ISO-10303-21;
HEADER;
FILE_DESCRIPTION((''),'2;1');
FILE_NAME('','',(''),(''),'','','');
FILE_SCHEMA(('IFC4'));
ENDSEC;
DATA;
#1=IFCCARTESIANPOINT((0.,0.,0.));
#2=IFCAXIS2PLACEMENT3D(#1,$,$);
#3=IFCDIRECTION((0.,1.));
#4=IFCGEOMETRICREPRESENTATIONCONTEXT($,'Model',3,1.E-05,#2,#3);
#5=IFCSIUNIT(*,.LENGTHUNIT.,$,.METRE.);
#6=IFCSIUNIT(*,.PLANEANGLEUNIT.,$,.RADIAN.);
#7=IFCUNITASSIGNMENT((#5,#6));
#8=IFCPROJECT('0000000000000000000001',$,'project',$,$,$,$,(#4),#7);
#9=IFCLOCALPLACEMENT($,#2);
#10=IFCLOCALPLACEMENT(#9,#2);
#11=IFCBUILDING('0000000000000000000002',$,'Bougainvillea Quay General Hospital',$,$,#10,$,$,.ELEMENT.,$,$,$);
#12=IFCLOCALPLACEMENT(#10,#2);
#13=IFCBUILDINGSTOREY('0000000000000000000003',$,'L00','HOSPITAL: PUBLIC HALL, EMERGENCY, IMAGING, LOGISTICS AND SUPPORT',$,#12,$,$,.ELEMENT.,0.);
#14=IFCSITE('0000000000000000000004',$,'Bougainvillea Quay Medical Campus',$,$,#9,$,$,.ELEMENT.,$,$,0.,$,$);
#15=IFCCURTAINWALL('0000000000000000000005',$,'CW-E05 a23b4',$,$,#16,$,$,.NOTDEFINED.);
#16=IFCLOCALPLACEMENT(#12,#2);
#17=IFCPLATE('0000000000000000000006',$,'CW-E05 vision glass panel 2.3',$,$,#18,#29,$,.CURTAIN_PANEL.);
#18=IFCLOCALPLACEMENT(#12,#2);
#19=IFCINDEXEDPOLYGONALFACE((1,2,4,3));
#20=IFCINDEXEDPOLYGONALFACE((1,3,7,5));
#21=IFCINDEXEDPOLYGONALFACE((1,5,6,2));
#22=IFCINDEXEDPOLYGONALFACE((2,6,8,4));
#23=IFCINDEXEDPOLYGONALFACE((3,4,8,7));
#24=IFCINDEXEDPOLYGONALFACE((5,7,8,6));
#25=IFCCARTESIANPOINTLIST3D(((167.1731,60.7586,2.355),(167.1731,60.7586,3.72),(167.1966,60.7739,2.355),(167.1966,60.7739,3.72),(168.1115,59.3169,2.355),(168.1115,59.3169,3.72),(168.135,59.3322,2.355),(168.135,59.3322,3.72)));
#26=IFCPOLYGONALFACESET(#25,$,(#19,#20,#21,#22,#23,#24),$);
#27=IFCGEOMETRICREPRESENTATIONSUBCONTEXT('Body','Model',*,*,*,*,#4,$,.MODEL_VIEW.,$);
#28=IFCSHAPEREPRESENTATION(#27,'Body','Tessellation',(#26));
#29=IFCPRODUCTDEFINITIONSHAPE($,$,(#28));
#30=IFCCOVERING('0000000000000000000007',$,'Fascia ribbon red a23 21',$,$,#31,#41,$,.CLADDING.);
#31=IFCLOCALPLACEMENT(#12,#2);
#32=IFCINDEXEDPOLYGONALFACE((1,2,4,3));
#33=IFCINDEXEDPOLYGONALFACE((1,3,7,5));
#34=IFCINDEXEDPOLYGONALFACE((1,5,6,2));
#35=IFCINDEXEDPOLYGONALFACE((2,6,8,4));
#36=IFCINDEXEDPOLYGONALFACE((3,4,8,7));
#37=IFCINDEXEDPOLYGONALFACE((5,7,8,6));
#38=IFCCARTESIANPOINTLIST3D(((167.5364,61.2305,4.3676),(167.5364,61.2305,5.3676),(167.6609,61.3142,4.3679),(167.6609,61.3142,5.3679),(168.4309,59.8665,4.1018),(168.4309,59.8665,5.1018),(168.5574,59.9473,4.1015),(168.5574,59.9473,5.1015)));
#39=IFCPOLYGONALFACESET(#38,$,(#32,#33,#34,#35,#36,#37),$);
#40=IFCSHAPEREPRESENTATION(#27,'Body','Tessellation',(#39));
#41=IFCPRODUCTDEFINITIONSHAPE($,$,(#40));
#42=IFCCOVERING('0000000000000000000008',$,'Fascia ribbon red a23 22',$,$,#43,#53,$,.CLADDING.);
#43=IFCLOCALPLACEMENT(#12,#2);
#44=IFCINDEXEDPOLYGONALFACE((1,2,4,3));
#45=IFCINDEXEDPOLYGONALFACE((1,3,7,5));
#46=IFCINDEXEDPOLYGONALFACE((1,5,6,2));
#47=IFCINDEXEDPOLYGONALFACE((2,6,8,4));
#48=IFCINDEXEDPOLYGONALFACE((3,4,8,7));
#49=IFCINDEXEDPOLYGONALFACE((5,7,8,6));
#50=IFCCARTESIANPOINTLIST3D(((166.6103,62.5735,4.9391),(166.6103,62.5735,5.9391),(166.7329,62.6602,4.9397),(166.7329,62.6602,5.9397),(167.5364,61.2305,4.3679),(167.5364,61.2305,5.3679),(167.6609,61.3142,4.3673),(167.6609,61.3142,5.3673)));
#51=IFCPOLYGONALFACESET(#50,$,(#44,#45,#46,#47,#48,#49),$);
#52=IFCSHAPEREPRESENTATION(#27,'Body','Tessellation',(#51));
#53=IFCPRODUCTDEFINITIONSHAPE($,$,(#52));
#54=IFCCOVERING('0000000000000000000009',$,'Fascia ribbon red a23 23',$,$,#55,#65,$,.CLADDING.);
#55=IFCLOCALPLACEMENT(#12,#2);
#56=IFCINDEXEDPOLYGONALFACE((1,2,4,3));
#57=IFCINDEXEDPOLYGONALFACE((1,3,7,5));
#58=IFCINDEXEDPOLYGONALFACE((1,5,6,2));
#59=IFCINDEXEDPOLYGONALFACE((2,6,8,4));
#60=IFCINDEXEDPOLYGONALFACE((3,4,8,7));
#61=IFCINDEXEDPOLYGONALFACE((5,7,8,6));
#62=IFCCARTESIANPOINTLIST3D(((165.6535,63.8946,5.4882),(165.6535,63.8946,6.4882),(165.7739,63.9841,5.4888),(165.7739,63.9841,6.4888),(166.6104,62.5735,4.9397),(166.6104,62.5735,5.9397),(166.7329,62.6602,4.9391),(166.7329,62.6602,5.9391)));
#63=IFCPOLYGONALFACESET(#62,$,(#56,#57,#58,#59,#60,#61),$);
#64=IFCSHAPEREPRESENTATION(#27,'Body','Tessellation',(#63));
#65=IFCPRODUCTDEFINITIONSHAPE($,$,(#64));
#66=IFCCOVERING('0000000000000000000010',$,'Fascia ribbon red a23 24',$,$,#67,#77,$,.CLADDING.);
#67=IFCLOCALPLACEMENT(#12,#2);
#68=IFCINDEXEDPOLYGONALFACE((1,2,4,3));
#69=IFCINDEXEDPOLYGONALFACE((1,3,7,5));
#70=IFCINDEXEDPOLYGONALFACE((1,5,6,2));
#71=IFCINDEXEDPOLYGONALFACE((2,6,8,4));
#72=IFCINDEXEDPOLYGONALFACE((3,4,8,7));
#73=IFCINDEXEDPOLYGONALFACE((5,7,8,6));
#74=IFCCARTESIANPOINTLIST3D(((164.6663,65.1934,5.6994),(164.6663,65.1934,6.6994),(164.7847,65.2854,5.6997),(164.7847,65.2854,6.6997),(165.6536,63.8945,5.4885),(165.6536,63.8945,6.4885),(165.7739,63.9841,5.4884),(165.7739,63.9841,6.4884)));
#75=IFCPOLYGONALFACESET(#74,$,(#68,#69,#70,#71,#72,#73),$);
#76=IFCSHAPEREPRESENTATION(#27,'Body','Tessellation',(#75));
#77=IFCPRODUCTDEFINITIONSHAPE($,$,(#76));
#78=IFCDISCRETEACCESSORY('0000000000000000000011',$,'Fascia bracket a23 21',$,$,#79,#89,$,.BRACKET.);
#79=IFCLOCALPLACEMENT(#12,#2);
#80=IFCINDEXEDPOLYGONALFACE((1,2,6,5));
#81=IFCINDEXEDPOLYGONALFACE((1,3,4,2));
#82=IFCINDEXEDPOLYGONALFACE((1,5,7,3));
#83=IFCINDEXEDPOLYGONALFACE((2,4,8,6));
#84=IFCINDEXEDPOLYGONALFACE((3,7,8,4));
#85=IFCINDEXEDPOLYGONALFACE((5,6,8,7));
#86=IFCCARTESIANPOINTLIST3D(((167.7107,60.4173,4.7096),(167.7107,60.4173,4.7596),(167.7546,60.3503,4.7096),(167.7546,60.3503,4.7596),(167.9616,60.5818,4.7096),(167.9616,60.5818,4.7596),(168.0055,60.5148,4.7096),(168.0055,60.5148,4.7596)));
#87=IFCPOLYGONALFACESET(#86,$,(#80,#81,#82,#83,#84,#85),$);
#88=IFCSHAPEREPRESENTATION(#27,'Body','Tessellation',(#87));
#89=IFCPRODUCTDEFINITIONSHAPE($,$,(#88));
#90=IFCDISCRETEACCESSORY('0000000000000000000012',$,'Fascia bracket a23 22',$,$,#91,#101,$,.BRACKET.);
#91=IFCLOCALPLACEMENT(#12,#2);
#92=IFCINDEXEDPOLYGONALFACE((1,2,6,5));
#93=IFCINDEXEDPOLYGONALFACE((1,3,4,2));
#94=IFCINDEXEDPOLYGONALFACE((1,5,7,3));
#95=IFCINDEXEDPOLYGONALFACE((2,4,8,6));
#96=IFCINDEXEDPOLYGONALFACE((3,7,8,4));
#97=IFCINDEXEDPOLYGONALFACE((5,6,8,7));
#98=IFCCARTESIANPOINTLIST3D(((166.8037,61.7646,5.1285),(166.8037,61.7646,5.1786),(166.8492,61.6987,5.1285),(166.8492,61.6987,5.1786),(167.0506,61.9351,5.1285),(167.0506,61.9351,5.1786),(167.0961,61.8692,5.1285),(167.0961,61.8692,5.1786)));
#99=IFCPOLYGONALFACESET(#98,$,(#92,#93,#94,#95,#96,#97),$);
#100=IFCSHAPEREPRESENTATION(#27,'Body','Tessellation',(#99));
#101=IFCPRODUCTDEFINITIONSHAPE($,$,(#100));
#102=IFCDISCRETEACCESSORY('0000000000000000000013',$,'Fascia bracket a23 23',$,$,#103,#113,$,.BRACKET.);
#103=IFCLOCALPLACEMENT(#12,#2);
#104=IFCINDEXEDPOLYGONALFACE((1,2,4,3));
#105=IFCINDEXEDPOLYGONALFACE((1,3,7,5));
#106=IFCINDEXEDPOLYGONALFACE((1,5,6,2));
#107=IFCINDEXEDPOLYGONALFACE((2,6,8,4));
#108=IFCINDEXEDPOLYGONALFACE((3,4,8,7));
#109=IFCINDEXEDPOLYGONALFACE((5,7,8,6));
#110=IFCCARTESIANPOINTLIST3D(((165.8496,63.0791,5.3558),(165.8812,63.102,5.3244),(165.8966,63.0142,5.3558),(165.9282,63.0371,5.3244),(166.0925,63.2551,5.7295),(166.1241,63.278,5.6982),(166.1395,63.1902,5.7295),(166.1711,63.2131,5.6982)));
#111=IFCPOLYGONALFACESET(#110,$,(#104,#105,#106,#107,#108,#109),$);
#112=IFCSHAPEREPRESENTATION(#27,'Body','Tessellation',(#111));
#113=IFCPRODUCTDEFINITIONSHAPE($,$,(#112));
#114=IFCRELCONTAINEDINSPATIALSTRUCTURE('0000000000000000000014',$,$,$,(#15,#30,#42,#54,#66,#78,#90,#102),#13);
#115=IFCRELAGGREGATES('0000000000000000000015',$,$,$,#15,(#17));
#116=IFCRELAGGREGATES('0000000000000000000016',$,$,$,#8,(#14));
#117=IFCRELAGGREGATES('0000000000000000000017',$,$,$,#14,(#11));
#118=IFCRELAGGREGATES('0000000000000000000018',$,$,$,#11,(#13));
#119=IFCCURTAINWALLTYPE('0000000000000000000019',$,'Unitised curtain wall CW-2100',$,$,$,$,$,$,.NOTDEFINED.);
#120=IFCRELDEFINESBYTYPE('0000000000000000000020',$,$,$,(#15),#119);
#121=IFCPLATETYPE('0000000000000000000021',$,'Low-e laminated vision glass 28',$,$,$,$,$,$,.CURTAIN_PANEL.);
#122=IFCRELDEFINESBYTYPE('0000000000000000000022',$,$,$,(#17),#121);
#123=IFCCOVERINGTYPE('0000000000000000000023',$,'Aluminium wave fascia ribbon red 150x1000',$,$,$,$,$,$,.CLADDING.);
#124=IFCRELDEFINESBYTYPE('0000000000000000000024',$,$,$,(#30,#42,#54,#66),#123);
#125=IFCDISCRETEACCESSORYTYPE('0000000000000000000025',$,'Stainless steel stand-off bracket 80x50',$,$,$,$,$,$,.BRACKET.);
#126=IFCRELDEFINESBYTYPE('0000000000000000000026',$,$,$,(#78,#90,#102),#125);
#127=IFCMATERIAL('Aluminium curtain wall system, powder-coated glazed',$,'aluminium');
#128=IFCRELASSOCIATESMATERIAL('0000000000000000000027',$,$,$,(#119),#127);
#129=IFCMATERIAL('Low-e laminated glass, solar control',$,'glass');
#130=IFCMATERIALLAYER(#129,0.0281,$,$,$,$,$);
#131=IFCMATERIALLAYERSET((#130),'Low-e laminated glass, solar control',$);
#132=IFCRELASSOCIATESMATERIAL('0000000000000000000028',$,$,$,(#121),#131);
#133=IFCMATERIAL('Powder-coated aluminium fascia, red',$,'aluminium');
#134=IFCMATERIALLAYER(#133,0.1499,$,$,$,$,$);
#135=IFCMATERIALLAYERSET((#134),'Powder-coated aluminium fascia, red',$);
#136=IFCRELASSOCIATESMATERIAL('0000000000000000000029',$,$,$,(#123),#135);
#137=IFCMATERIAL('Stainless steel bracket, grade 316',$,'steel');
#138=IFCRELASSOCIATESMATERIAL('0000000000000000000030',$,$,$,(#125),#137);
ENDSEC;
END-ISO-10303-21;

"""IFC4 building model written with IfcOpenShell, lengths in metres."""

from ifc_helpers import new_model, si_unit, direction, frame, origin, origin_2d, place, context, subcontext, project, spatial, polyline, rectangle, outline, extrude, material, layer, layer_set, material_profile, profile_set, type_object, element, aggregate, save


model = new_model("IFC4")

# Units and contexts
model_context = context("Model", 3, precision=1e-05, world=origin(), true_north=direction((0.0, 1.0)))
body_context = subcontext(model_context, "Body", "Model", "MODEL_VIEW")
ifc_project = project(units=[si_unit("LENGTHUNIT", "METRE"), si_unit("PLANEANGLEUNIT", "RADIAN")], contexts=[model_context])

# Site, building, storey
site_placement = place(None, origin())
site = spatial("IfcSite", under=ifc_project, at=site_placement, Name="Bougainvillea Quay Medical Campus", CompositionType="ELEMENT", RefElevation=0.0)
building_placement = place(site_placement, origin())
building = spatial("IfcBuilding", under=site, at=building_placement, Name="Bougainvillea Quay General Hospital", CompositionType="ELEMENT")
storey_placement = place(building_placement, origin())
storey = spatial("IfcBuildingStorey", under=building, at=storey_placement, Name="L00", Description="HOSPITAL: PUBLIC HALL, EMERGENCY, IMAGING, LOGISTICS AND SUPPORT", CompositionType="ELEMENT", Elevation=0.0)

# Curtain wall
ifc_material_1 = material(Name="Aluminium curtain wall system, powder-coated glazed", Category="aluminium")
curtain_wall_type = type_object("IfcCurtainWallType", Name="Unitised curtain wall CW-2100", PredefinedType="NOTDEFINED", material=ifc_material_1)
curtain_wall_1_placement = place(storey_placement, origin())
curtain_wall_1 = element("IfcCurtainWall", 1, at=curtain_wall_1_placement, inside=storey, type_object=curtain_wall_type, Name="CW-E05 a23b4", PredefinedType="NOTDEFINED")

# Plate
ifc_material_2 = material(Name="Low-e laminated glass, solar control", Category="glass")
ifc_layer_1 = layer(ifc_material_2, 0.0281)
ifc_layer_set_1 = layer_set([ifc_layer_1], Name="Low-e laminated glass, solar control")
plate_type_1 = type_object("IfcPlateType", Name="Low-e laminated vision glass 28", PredefinedType="CURTAIN_PANEL", material=ifc_layer_set_1)
plate_1_placement = place(storey_placement, frame((167.6541, 60.0454, 2.355), z_axis=(0.0, 0.0, 1.0), x_axis=(0.545494, -0.838115, 0.0)))
plate_1 = element("IfcPlate", 2, at=plate_1_placement, type_object=plate_type_1, Name="CW-E05 vision glass panel 2.3", PredefinedType="CURTAIN_PANEL", context=body_context, shape_type="SweptSolid", body=[
    extrude(rectangle(XDim=1.7202, YDim=0.0281, at=origin_2d()), origin(), (0.0, 0.0, 1.0), 1.365),
])
aggregate(curtain_wall_1, [plate_1])

# Coverings
ifc_material_3 = material(Name="Powder-coated aluminium fascia, red", Category="aluminium")
ifc_layer_2 = layer(ifc_material_3, 0.1499)
ifc_layer_set_2 = layer_set([ifc_layer_2], Name="Powder-coated aluminium fascia, red")
covering_type = type_object("IfcCoveringType", Name="Aluminium wave fascia ribbon red 150x1000", PredefinedType="CLADDING", material=ifc_layer_set_2)
covering_1_placement = place(storey_placement, frame((168.4309, 59.8665, 4.1018), z_axis=(0.088191, -0.134511, 0.98698), x_axis=(-0.541258, 0.82533, 0.160845)))
element("IfcCovering", 3, at=covering_1_placement, inside=storey, type_object=covering_type, Name="Fascia ribbon red a23 21", PredefinedType="CLADDING", context=body_context, shape_type="SweptSolid", body=[
    extrude(outline(polyline([(0.0, 0.0), (1.6527, 0.0), (1.6545, -0.15), (-0.0018, -0.1501), (0.0, 0.0)])), origin(), (0.160845, -0.000018, 0.98698), 1.0),
])
covering_2_placement = place(storey_placement, frame((167.5364, 61.2305, 4.3679), z_axis=(0.187621, -0.272024, 0.943823), x_axis=(-0.535763, 0.777019, 0.330452)))
element("IfcCovering", 4, at=covering_2_placement, inside=storey, type_object=covering_type, Name="Fascia ribbon red a23 22", PredefinedType="CLADDING", context=body_context, shape_type="SweptSolid", body=[
    extrude(outline(polyline([(0.0, 0.0), (1.7285, 0.0), (1.7303, -0.1501), (-0.0018, -0.15), (0.0, 0.0)])), origin(), (0.330452, 0.000045, 0.943823), 1.0),
])
covering_3_placement = place(storey_placement, frame((166.6104, 62.5735, 4.9397), z_axis=(0.187178, -0.257953, 0.947853), x_axis=(-0.555989, 0.767659, 0.318708)))
element("IfcCovering", 5, at=covering_3_placement, inside=storey, type_object=covering_type, Name="Fascia ribbon red a23 23", PredefinedType="CLADDING", context=body_context, shape_type="SweptSolid", body=[
    extrude(outline(polyline([(0.0, 0.0), (1.7209, 0.0), (1.7229, -0.15), (-0.0018, -0.1501), (0.0, 0.0)])), origin(), (0.318708, 0.00027, 0.947853), 1.0),
])
covering_4_placement = place(storey_placement, frame((165.6536, 63.8945, 5.4885), z_axis=(0.076963, -0.102502, 0.991751), x_axis=(-0.600167, 0.789538, 0.128177)))
element("IfcCovering", 6, at=covering_4_placement, inside=storey, type_object=covering_type, Name="Fascia ribbon red a23 24", PredefinedType="CLADDING", context=body_context, shape_type="SweptSolid", body=[
    extrude(outline(polyline([(0.0, 0.0), (1.6451, 0.0), (1.6467, -0.15), (-0.0015, -0.15), (0.0, 0.0)])), origin(), (0.128177, -0.000753, 0.991751), 1.0),
])

# Discrete accessories
ifc_material_4 = material(Name="Stainless steel bracket, grade 316", Category="steel")
ifc_material_profile_1 = material_profile(ifc_material_4, rectangle(XDim=0.0801, YDim=0.05, at=origin_2d()))
ifc_profile_set_1 = profile_set([ifc_material_profile_1], Name="Stainless steel bracket, grade 316")
discrete_accessory_type = type_object("IfcDiscreteAccessoryType", Name="Stainless steel stand-off bracket 80x50", PredefinedType="BRACKET", material=ifc_profile_set_1)
for number, where, z_axis, x_axis, name in (
    (7, (167.7327, 60.3838, 4.7346), (0.836281, 0.548301, 0.0), (-0.548301, 0.836281, 0.0), "Fascia bracket a23 21"),
    (8, (166.8264, 61.7317, 5.1536), (0.822924, 0.568151, 0.0), (-0.568151, 0.822924, 0.0), "Fascia bracket a23 22"),
):
    element("IfcDiscreteAccessory", number, at=place(storey_placement, frame(where, z_axis=z_axis, x_axis=x_axis)), inside=storey, type_object=discrete_accessory_type, Name=name, PredefinedType="BRACKET", context=body_context, shape_type="SweptSolid", body=[
        extrude(rectangle(XDim=0.0801, YDim=0.05, at=origin_2d()), origin(), (0.0, 0.0, 1.0), 0.3),
    ])
discrete_accessory_placement = place(storey_placement, frame((165.8889, 63.0581, 5.3401), z_axis=(0.506847, 0.367273, 0.779882), x_axis=(-0.586768, 0.809755, 0.0)))
element("IfcDiscreteAccessory", 9, at=discrete_accessory_placement, inside=storey, type_object=discrete_accessory_type, Name="Fascia bracket a23 23", PredefinedType="BRACKET", context=body_context, shape_type="SweptSolid", body=[
    extrude(rectangle(XDim=0.0801, YDim=0.05, at=origin_2d()), origin(), (0.0, 0.0, 1.0), 0.4792),
])

save(model, "model.ifc")
